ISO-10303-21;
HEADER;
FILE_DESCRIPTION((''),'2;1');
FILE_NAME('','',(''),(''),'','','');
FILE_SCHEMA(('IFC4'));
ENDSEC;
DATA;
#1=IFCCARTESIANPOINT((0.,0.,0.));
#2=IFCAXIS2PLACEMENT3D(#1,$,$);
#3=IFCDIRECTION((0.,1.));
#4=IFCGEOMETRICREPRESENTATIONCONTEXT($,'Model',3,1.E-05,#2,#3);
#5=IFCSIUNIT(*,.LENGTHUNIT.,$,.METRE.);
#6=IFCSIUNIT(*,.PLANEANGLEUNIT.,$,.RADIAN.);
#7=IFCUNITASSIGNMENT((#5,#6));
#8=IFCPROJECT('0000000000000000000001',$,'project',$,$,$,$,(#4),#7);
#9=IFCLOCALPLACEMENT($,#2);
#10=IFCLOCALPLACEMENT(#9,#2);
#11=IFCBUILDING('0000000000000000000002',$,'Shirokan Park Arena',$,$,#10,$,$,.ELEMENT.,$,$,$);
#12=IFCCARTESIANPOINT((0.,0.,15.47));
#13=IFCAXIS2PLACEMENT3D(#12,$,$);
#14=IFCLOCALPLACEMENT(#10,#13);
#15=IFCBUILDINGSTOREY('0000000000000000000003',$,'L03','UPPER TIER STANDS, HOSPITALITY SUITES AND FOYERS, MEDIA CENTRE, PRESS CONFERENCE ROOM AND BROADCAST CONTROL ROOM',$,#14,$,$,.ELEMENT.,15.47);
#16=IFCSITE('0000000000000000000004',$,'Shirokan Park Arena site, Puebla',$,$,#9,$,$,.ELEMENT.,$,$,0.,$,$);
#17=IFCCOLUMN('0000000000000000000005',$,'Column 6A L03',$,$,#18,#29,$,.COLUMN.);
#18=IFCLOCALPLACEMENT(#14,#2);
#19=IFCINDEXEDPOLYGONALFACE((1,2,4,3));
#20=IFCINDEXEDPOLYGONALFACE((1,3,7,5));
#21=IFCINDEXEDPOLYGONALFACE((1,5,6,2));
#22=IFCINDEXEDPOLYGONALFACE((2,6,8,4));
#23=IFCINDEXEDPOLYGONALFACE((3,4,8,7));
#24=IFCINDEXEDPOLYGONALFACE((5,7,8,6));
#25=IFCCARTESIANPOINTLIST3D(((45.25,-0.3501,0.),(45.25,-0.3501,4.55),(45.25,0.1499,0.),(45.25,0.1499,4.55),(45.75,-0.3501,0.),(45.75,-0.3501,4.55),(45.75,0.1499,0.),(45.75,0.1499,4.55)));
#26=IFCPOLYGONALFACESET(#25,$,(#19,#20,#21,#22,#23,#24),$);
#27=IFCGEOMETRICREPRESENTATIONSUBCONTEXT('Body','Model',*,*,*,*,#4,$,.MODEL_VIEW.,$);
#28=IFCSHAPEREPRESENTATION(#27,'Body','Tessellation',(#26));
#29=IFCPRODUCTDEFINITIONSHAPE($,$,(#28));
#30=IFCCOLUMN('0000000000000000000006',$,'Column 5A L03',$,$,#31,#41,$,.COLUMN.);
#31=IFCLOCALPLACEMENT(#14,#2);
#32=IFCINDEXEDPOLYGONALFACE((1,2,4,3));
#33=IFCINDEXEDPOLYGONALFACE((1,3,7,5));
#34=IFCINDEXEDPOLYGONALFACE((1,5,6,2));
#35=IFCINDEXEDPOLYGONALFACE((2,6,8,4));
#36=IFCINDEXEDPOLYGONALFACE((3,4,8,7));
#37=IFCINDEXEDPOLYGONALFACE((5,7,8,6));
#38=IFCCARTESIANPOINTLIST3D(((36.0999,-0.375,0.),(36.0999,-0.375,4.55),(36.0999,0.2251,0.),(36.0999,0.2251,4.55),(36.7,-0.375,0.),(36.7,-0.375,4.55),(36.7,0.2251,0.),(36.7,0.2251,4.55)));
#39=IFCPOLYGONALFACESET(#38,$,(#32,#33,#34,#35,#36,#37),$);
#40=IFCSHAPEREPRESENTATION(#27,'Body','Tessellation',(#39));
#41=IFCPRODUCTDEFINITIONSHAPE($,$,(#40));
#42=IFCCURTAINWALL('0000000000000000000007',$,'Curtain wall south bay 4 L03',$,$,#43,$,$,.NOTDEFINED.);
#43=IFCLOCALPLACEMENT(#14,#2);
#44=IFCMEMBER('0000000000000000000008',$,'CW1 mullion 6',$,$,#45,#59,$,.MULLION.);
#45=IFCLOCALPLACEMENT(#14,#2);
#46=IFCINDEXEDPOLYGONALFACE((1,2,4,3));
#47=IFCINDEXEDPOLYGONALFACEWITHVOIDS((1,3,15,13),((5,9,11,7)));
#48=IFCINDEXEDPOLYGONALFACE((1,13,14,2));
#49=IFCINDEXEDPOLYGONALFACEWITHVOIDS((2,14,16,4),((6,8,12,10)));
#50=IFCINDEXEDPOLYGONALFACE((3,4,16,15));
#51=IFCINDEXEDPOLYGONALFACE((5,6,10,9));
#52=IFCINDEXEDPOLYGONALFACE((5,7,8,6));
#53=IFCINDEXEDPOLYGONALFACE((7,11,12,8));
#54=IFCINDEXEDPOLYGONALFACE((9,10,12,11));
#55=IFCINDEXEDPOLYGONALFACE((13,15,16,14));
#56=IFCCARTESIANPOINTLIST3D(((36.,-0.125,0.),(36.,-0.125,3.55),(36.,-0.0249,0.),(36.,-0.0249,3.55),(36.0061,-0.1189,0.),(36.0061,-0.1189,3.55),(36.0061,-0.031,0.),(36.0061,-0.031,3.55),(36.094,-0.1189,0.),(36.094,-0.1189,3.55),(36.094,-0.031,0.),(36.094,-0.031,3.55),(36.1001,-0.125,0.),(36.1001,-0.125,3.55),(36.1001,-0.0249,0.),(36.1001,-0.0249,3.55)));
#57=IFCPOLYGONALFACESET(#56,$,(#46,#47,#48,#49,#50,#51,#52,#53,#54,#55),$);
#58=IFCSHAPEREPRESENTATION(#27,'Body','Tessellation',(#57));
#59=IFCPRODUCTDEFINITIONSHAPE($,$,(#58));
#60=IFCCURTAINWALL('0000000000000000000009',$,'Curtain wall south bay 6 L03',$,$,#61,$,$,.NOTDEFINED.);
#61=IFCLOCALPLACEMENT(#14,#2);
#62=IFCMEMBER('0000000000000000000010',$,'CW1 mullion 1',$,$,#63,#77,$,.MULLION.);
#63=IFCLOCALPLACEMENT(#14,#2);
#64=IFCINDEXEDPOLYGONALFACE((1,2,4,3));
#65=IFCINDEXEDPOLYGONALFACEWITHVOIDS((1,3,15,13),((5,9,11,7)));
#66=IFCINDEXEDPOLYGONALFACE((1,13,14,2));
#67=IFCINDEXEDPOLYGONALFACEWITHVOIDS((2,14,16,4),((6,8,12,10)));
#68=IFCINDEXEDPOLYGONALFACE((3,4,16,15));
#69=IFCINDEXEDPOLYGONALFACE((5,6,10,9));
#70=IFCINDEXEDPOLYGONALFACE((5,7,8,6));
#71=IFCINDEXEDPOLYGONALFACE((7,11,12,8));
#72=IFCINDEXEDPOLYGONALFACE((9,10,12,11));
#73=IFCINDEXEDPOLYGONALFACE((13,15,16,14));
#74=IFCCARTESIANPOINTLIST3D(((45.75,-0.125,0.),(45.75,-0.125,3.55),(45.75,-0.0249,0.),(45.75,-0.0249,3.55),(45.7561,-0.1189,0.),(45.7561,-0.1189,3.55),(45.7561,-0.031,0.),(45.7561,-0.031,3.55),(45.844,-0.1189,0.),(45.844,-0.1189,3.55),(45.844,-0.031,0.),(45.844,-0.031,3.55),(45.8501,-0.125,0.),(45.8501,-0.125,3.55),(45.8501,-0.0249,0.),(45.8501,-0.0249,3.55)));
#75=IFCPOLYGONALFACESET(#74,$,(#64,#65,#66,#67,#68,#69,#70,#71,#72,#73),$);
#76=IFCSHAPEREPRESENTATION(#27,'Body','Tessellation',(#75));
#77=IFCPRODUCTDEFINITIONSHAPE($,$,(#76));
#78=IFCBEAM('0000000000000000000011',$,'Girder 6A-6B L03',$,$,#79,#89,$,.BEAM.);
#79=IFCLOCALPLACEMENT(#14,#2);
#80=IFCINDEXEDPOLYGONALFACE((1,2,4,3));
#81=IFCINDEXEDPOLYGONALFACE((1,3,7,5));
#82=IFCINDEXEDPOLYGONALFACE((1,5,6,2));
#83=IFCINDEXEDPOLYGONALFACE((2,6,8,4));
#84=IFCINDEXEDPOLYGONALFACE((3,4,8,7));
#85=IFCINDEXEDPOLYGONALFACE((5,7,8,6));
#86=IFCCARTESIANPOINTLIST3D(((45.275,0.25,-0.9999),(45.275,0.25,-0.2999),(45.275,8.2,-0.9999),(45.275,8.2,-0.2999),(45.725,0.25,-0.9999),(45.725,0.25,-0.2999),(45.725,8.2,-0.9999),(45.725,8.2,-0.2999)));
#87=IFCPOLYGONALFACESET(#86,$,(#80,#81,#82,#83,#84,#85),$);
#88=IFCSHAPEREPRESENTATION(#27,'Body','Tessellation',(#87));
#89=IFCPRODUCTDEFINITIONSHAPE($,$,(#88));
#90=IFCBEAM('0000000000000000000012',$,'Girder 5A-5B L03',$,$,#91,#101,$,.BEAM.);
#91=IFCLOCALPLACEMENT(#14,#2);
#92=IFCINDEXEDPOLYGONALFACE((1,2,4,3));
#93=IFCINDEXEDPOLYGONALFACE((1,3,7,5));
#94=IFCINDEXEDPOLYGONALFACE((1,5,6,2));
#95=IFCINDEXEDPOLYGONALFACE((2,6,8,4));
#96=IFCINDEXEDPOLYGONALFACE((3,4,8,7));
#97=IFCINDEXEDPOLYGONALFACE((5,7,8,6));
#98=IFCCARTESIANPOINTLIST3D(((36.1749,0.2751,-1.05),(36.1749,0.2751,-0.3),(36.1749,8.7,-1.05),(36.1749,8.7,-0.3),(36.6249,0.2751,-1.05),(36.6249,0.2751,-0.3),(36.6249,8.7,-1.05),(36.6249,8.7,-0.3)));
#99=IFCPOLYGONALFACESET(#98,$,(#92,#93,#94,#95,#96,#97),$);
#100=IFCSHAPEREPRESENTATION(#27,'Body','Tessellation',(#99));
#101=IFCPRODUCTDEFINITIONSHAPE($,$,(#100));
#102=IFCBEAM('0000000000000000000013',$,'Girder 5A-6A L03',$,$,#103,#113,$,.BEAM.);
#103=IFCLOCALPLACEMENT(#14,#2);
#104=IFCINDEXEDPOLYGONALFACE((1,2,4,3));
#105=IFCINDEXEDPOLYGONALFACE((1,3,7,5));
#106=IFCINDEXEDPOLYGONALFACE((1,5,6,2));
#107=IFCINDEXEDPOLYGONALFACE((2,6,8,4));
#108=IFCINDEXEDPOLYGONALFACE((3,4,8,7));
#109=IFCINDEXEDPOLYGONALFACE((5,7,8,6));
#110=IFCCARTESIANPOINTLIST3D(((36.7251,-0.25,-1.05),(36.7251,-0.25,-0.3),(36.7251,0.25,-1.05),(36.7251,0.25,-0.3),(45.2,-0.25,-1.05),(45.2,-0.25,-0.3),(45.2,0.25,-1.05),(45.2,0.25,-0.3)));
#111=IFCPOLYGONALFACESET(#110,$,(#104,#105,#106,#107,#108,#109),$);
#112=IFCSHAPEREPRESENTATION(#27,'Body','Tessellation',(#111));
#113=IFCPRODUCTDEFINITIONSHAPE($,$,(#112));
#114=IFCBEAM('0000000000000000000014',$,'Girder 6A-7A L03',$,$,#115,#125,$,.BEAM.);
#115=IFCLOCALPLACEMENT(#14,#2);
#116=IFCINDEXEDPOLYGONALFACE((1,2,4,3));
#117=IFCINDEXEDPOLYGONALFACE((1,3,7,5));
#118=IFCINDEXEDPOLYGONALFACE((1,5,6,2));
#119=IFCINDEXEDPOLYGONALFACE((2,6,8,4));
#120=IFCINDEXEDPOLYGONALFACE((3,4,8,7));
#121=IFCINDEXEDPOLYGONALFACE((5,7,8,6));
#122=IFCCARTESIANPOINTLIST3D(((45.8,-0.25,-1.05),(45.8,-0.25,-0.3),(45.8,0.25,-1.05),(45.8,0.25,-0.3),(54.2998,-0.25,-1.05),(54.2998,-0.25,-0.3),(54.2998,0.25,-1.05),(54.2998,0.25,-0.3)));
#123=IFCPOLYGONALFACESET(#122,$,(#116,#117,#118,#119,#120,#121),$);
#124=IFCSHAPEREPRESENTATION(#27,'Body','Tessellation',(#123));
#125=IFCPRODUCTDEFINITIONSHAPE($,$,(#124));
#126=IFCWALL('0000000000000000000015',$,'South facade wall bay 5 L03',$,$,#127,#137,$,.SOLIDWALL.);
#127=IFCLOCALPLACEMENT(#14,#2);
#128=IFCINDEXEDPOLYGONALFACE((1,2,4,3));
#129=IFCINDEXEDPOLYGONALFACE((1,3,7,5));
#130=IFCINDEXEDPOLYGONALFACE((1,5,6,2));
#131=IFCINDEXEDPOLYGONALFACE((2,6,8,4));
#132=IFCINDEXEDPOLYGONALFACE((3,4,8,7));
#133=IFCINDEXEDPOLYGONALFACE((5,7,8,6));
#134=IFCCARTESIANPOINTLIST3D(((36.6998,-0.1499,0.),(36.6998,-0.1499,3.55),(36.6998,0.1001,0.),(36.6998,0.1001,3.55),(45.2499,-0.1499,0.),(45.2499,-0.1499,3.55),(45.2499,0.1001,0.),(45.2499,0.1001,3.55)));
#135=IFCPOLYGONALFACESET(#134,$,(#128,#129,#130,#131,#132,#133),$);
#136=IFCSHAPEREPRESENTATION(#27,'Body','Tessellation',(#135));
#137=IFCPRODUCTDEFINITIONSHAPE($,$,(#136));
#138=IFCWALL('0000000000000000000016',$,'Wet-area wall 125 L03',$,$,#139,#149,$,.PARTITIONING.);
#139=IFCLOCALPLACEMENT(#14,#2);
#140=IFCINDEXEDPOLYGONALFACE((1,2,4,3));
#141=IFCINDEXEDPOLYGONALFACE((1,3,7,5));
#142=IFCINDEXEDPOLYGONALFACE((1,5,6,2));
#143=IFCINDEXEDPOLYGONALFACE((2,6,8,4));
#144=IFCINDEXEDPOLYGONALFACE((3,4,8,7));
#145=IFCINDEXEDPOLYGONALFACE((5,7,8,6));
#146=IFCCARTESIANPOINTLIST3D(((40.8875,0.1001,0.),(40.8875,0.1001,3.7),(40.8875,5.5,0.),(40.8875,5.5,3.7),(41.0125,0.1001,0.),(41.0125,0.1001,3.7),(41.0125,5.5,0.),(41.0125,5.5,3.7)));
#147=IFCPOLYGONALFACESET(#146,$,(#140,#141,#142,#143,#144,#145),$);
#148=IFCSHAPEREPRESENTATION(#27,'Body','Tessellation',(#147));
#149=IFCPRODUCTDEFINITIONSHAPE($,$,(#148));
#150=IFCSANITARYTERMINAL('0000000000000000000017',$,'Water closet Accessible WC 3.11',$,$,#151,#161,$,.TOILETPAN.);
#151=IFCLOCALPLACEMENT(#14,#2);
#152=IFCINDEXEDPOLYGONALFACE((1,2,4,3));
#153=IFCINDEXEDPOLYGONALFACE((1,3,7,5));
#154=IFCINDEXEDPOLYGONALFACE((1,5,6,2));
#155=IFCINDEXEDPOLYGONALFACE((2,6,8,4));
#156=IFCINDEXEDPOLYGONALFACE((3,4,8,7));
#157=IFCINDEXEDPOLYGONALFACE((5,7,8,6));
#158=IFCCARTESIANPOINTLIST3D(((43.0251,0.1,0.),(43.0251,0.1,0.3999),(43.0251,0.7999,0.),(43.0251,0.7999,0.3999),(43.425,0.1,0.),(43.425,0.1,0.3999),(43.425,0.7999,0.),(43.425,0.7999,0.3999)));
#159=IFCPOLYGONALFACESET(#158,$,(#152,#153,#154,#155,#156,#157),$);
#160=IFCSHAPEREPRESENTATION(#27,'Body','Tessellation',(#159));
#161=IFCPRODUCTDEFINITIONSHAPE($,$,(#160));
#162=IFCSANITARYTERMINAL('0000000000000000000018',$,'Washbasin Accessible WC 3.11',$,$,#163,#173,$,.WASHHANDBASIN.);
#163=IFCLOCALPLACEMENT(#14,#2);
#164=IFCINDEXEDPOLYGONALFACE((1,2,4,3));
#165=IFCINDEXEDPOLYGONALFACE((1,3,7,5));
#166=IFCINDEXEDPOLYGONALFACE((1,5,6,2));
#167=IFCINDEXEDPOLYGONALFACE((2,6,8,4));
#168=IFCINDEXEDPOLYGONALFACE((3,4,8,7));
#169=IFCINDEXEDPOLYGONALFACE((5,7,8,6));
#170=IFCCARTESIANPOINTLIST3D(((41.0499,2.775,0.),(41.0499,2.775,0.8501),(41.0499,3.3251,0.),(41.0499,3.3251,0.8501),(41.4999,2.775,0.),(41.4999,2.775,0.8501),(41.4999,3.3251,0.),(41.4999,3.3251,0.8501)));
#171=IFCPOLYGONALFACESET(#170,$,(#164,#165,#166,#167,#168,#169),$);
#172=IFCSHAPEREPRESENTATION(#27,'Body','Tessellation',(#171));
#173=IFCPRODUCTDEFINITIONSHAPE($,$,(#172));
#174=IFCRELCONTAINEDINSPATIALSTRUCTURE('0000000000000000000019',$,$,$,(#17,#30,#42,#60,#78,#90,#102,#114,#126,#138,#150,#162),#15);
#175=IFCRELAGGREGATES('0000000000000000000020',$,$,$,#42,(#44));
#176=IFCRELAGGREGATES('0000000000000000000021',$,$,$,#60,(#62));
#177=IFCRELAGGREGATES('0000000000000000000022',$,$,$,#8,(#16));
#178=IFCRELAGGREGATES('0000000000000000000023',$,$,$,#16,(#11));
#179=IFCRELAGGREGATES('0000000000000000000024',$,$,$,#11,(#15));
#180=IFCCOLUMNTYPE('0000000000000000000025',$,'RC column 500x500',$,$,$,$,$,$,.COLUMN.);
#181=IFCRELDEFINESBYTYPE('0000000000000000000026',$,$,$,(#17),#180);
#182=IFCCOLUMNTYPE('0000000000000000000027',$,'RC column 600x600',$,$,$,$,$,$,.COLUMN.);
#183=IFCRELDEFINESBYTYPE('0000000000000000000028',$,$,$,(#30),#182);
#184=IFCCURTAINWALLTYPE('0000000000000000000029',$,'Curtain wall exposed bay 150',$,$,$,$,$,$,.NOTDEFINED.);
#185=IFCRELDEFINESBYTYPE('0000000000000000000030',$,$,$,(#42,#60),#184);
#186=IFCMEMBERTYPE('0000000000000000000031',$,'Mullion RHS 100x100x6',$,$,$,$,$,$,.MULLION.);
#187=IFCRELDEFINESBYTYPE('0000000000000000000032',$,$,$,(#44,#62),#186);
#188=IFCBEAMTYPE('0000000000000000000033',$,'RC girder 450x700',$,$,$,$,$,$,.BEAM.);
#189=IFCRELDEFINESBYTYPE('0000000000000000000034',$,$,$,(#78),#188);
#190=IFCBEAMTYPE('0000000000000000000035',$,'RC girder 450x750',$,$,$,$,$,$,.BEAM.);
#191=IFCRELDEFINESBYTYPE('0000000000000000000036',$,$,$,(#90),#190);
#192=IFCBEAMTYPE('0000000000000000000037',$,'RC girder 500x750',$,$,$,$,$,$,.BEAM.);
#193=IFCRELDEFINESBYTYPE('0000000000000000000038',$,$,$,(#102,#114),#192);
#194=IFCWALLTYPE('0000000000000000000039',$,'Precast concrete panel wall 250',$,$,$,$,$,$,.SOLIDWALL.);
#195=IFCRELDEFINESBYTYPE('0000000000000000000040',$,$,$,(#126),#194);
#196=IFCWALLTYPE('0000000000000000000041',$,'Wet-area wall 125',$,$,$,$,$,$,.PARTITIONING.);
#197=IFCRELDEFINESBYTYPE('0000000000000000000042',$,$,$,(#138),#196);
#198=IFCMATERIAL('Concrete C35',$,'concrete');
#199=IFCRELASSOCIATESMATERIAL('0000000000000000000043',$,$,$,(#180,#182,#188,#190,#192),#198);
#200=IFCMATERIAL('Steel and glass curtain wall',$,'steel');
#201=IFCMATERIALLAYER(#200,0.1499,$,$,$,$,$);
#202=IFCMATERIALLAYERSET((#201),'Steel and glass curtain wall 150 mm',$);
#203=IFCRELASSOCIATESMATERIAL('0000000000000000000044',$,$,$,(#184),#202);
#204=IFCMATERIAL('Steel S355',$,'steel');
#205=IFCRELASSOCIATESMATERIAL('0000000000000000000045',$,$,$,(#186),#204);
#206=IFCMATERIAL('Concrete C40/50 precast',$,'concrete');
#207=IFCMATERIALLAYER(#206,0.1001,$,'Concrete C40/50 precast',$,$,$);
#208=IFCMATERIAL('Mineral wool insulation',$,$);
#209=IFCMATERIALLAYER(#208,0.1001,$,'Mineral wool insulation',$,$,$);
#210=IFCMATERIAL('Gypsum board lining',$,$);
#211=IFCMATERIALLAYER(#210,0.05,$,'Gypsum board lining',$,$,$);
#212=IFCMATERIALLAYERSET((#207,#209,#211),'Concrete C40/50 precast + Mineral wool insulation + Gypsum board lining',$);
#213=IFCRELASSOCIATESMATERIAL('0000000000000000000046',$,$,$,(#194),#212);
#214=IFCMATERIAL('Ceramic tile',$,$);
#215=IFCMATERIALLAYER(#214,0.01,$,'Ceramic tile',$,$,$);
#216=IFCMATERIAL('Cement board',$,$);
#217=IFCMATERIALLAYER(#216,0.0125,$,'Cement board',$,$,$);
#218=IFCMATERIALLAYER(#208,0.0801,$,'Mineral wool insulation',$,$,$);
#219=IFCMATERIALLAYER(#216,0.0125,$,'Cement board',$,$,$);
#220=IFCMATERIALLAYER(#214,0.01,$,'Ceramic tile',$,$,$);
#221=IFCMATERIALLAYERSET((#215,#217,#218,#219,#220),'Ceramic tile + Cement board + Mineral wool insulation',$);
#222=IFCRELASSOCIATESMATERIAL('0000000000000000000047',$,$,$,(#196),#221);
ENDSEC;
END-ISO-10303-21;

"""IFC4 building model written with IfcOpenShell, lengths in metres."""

from ifc_helpers import new_model, si_unit, direction, frame, frame_2d, origin, origin_2d, place, context, subcontext, project, spatial, rectangle, hollow_rectangle, extrude, material, layer, layer_set, material_profile, profile_set, type_object, element, aggregate, save


model = new_model("IFC4")

# Units and contexts
model_context = context("Model", 3, precision=1e-05, world=origin(), true_north=direction((0.0, 1.0)))
body_context = subcontext(model_context, "Body", "Model", "MODEL_VIEW")
ifc_project = project(units=[si_unit("LENGTHUNIT", "METRE"), si_unit("PLANEANGLEUNIT", "RADIAN")], contexts=[model_context])

# Site, building, storey
site_placement = place(None, origin())
site = spatial("IfcSite", under=ifc_project, at=site_placement, Name="Shirokan Park Arena site, Puebla", CompositionType="ELEMENT", RefElevation=0.0)
building_placement = place(site_placement, origin())
building = spatial("IfcBuilding", under=site, at=building_placement, Name="Shirokan Park Arena", CompositionType="ELEMENT")
storey_placement = place(building_placement, frame((0.0, 0.0, 15.47)))
storey = spatial("IfcBuildingStorey", under=building, at=storey_placement, Name="L03", Description="UPPER TIER STANDS, HOSPITALITY SUITES AND FOYERS, MEDIA CENTRE, PRESS CONFERENCE ROOM AND BROADCAST CONTROL ROOM", CompositionType="ELEMENT", Elevation=15.47)

# Columns
ifc_material_1 = material(Name="Concrete C35", Category="concrete")
ifc_material_profile_1 = material_profile(ifc_material_1, rectangle(XDim=0.5, YDim=0.5, at=origin_2d()), Name="500x500")
ifc_profile_set_1 = profile_set([ifc_material_profile_1], Name="Concrete C35")
column_type_1 = type_object("IfcColumnType", Name="RC column 500x500", PredefinedType="COLUMN", material=ifc_profile_set_1)
column_1_placement = place(storey_placement, frame((45.5, -0.1001, 0.0), z_axis=(0.0, 0.0, 1.0), x_axis=(1.0, 0.0, 0.0)))
element("IfcColumn", 1, at=column_1_placement, inside=storey, type_object=column_type_1, Name="Column 6A L03", PredefinedType="COLUMN", context=body_context, shape_type="SweptSolid", body=[
    extrude(rectangle(XDim=0.5, YDim=0.5, at=origin_2d()), origin(), (0.0, 0.0, 1.0), 4.55),
])
ifc_material_profile_2 = material_profile(ifc_material_1, rectangle(XDim=0.6001, YDim=0.6001, at=origin_2d()), Name="600x600")
ifc_profile_set_2 = profile_set([ifc_material_profile_2], Name="Concrete C35")
column_type_2 = type_object("IfcColumnType", Name="RC column 600x600", PredefinedType="COLUMN", material=ifc_profile_set_2)
column_2_placement = place(storey_placement, frame((36.3999, -0.075, 0.0), z_axis=(0.0, 0.0, 1.0), x_axis=(1.0, 0.0, 0.0)))
element("IfcColumn", 2, at=column_2_placement, inside=storey, type_object=column_type_2, Name="Column 5A L03", PredefinedType="COLUMN", context=body_context, shape_type="SweptSolid", body=[
    extrude(rectangle(XDim=0.6001, YDim=0.6001, at=origin_2d()), origin(), (0.0, 0.0, 1.0), 4.55),
])

# Curtain walls, members
ifc_material_2 = material(Name="Steel and glass curtain wall", Category="steel")
ifc_layer_1 = layer(ifc_material_2, 0.1499)
ifc_layer_set_1 = layer_set([ifc_layer_1], Name="Steel and glass curtain wall 150 mm")
curtain_wall_type = type_object("IfcCurtainWallType", Name="Curtain wall exposed bay 150", PredefinedType="NOTDEFINED", material=ifc_layer_set_1)
curtain_wall_1_placement = place(storey_placement, origin())
curtain_wall_1 = element("IfcCurtainWall", 3, at=curtain_wall_1_placement, inside=storey, type_object=curtain_wall_type, Name="Curtain wall south bay 4 L03", PredefinedType="NOTDEFINED")
ifc_material_3 = material(Name="Steel S355", Category="steel")
ifc_material_profile_3 = material_profile(ifc_material_3, hollow_rectangle(XDim=0.1001, YDim=0.1001, WallThickness=0.0061, at=origin_2d()), Name="RHS 100x100x6")
ifc_profile_set_3 = profile_set([ifc_material_profile_3], Name="Steel S355")
member_type = type_object("IfcMemberType", Name="Mullion RHS 100x100x6", PredefinedType="MULLION", material=ifc_profile_set_3)
member_1_placement = place(storey_placement, frame((36.05, -0.075, 0.0), z_axis=(0.0, 0.0, 1.0), x_axis=(0.0, 1.0, 0.0)))
member_1 = element("IfcMember", 4, at=member_1_placement, type_object=member_type, Name="CW1 mullion 6", PredefinedType="MULLION", context=body_context, shape_type="SweptSolid", body=[
    extrude(hollow_rectangle(XDim=0.1001, YDim=0.1001, WallThickness=0.0061, at=origin_2d()), origin(), (0.0, 0.0, 1.0), 3.55),
])
aggregate(curtain_wall_1, [member_1])
curtain_wall_2_placement = place(storey_placement, origin())
curtain_wall_2 = element("IfcCurtainWall", 5, at=curtain_wall_2_placement, inside=storey, type_object=curtain_wall_type, Name="Curtain wall south bay 6 L03", PredefinedType="NOTDEFINED")
member_2_placement = place(storey_placement, frame((45.8, -0.075, 0.0), z_axis=(0.0, 0.0, 1.0), x_axis=(0.0, 1.0, 0.0)))
member_2 = element("IfcMember", 6, at=member_2_placement, type_object=member_type, Name="CW1 mullion 1", PredefinedType="MULLION", context=body_context, shape_type="SweptSolid", body=[
    extrude(hollow_rectangle(XDim=0.1001, YDim=0.1001, WallThickness=0.0061, at=origin_2d()), origin(), (0.0, 0.0, 1.0), 3.55),
])
aggregate(curtain_wall_2, [member_2])

# Beams
ifc_material_profile_4 = material_profile(ifc_material_1, rectangle(XDim=0.45, YDim=0.7, at=origin_2d()), Name="450x700")
ifc_profile_set_4 = profile_set([ifc_material_profile_4], Name="Concrete C35")
beam_type_1 = type_object("IfcBeamType", Name="RC girder 450x700", PredefinedType="BEAM", material=ifc_profile_set_4)
beam_1_placement = place(storey_placement, frame((45.5, 0.25, -0.6499), z_axis=(0.0, 1.0, 0.0), x_axis=(-1.0, 0.0, 0.0)))
element("IfcBeam", 7, at=beam_1_placement, inside=storey, type_object=beam_type_1, Name="Girder 6A-6B L03", PredefinedType="BEAM", context=body_context, shape_type="SweptSolid", body=[
    extrude(rectangle(XDim=0.45, YDim=0.7, at=origin_2d()), origin(), (0.0, 0.0, 1.0), 7.95),
])
ifc_material_profile_5 = material_profile(ifc_material_1, rectangle(XDim=0.45, YDim=0.75, at=origin_2d()), Name="450x750")
ifc_profile_set_5 = profile_set([ifc_material_profile_5], Name="Concrete C35")
beam_type_2 = type_object("IfcBeamType", Name="RC girder 450x750", PredefinedType="BEAM", material=ifc_profile_set_5)
beam_2_placement = place(storey_placement, frame((36.3999, 0.2751, -0.675), z_axis=(0.0, 1.0, 0.0), x_axis=(-1.0, 0.0, 0.0)))
element("IfcBeam", 8, at=beam_2_placement, inside=storey, type_object=beam_type_2, Name="Girder 5A-5B L03", PredefinedType="BEAM", context=body_context, shape_type="SweptSolid", body=[
    extrude(rectangle(XDim=0.45, YDim=0.75, at=origin_2d()), origin(), (0.0, 0.0, 1.0), 8.4248),
])
ifc_material_profile_6 = material_profile(ifc_material_1, rectangle(XDim=0.5, YDim=0.75, at=origin_2d()), Name="500x750")
ifc_profile_set_6 = profile_set([ifc_material_profile_6], Name="Concrete C35")
beam_type_3 = type_object("IfcBeamType", Name="RC girder 500x750", PredefinedType="BEAM", material=ifc_profile_set_6)
beam_3_placement = place(storey_placement, frame((36.7251, 0.0, -0.675), z_axis=(1.0, 0.0, 0.0), x_axis=(0.0, 1.0, 0.0)))
element("IfcBeam", 9, at=beam_3_placement, inside=storey, type_object=beam_type_3, Name="Girder 5A-6A L03", PredefinedType="BEAM", context=body_context, shape_type="SweptSolid", body=[
    extrude(rectangle(XDim=0.5, YDim=0.75, at=origin_2d()), origin(), (0.0, 0.0, 1.0), 8.4749),
])
beam_4_placement = place(storey_placement, frame((45.8, 0.0, -0.675), z_axis=(1.0, 0.0, 0.0), x_axis=(0.0, 1.0, 0.0)))
element("IfcBeam", 10, at=beam_4_placement, inside=storey, type_object=beam_type_3, Name="Girder 6A-7A L03", PredefinedType="BEAM", context=body_context, shape_type="SweptSolid", body=[
    extrude(rectangle(XDim=0.5, YDim=0.75, at=origin_2d()), origin(), (0.0, 0.0, 1.0), 8.4998),
])

# Walls
ifc_material_4 = material(Name="Concrete C40/50 precast", Category="concrete")
ifc_layer_2 = layer(ifc_material_4, 0.1001, Name="Concrete C40/50 precast")
ifc_material_5 = material(Name="Mineral wool insulation")
ifc_layer_3 = layer(ifc_material_5, 0.1001, Name="Mineral wool insulation")
ifc_material_6 = material(Name="Gypsum board lining")
ifc_layer_4 = layer(ifc_material_6, 0.05, Name="Gypsum board lining")
ifc_layer_set_2 = layer_set([ifc_layer_2, ifc_layer_3, ifc_layer_4], Name="Concrete C40/50 precast + Mineral wool insulation + Gypsum board lining")
wall_type_1 = type_object("IfcWallType", Name="Precast concrete panel wall 250", PredefinedType="SOLIDWALL", material=ifc_layer_set_2)
wall_1_placement = place(storey_placement, frame((36.7, -0.0249, 0.0), z_axis=(0.0, 0.0, 1.0), x_axis=(1.0, 0.0, 0.0)))
element("IfcWall", 11, at=wall_1_placement, inside=storey, type_object=wall_type_1, Name="South facade wall bay 5 L03", PredefinedType="SOLIDWALL", context=body_context, shape_type="SweptSolid", body=[
    extrude(rectangle(XDim=8.55, YDim=0.25, at=frame_2d((4.2749, 0.0))), origin(), (0.0, 0.0, 1.0), 3.55),
])
ifc_material_7 = material(Name="Ceramic tile")
ifc_layer_5 = layer(ifc_material_7, 0.01, Name="Ceramic tile")
ifc_material_8 = material(Name="Cement board")
ifc_layer_6 = layer(ifc_material_8, 0.0125, Name="Cement board")
ifc_layer_7 = layer(ifc_material_5, 0.0801, Name="Mineral wool insulation")
ifc_layer_8 = layer(ifc_material_8, 0.0125, Name="Cement board")
ifc_layer_9 = layer(ifc_material_7, 0.01, Name="Ceramic tile")
ifc_layer_set_3 = layer_set([ifc_layer_5, ifc_layer_6, ifc_layer_7, ifc_layer_8, ifc_layer_9], Name="Ceramic tile + Cement board + Mineral wool insulation")
wall_type_2 = type_object("IfcWallType", Name="Wet-area wall 125", PredefinedType="PARTITIONING", material=ifc_layer_set_3)
wall_2_placement = place(storey_placement, frame((40.95, 0.1001, 0.0), z_axis=(0.0, 0.0, 1.0), x_axis=(0.0, 1.0, 0.0)))
element("IfcWall", 12, at=wall_2_placement, inside=storey, type_object=wall_type_2, Name="Wet-area wall 125 L03", PredefinedType="PARTITIONING", context=body_context, shape_type="SweptSolid", body=[
    extrude(rectangle(XDim=5.3999, YDim=0.125, at=frame_2d((2.7, 0.0))), origin(), (0.0, 0.0, 1.0), 3.7),
])

# Sanitary terminals
sanitary_terminal_placement = place(storey_placement, frame((43.2251, 0.45, 0.0), z_axis=(0.0, 0.0, 1.0), x_axis=(1.0, 0.0, 0.0)))
element("IfcSanitaryTerminal", 13, at=sanitary_terminal_placement, inside=storey, Name="Water closet Accessible WC 3.11", PredefinedType="TOILETPAN", context=body_context, shape_type="SweptSolid", body=[
    extrude(rectangle(XDim=0.3999, YDim=0.7, at=origin_2d()), origin(), (0.0, 0.0, 1.0), 0.3999),
])
for number, where, z_axis, x_axis, name in (
    (14, (41.2749, 3.05, 0.0), (0.0, 0.0, 1.0), (1.0, 0.0, 0.0), "Washbasin Accessible WC 3.11"),
):
    element("IfcSanitaryTerminal", number, at=place(storey_placement, frame(where, z_axis=z_axis, x_axis=x_axis)), inside=storey, Name=name, PredefinedType="WASHHANDBASIN", context=body_context, shape_type="SweptSolid", body=[
        extrude(rectangle(XDim=0.45, YDim=0.55, at=origin_2d()), origin(), (0.0, 0.0, 1.0), 0.8501),
    ])

save(model, "model.ifc")
